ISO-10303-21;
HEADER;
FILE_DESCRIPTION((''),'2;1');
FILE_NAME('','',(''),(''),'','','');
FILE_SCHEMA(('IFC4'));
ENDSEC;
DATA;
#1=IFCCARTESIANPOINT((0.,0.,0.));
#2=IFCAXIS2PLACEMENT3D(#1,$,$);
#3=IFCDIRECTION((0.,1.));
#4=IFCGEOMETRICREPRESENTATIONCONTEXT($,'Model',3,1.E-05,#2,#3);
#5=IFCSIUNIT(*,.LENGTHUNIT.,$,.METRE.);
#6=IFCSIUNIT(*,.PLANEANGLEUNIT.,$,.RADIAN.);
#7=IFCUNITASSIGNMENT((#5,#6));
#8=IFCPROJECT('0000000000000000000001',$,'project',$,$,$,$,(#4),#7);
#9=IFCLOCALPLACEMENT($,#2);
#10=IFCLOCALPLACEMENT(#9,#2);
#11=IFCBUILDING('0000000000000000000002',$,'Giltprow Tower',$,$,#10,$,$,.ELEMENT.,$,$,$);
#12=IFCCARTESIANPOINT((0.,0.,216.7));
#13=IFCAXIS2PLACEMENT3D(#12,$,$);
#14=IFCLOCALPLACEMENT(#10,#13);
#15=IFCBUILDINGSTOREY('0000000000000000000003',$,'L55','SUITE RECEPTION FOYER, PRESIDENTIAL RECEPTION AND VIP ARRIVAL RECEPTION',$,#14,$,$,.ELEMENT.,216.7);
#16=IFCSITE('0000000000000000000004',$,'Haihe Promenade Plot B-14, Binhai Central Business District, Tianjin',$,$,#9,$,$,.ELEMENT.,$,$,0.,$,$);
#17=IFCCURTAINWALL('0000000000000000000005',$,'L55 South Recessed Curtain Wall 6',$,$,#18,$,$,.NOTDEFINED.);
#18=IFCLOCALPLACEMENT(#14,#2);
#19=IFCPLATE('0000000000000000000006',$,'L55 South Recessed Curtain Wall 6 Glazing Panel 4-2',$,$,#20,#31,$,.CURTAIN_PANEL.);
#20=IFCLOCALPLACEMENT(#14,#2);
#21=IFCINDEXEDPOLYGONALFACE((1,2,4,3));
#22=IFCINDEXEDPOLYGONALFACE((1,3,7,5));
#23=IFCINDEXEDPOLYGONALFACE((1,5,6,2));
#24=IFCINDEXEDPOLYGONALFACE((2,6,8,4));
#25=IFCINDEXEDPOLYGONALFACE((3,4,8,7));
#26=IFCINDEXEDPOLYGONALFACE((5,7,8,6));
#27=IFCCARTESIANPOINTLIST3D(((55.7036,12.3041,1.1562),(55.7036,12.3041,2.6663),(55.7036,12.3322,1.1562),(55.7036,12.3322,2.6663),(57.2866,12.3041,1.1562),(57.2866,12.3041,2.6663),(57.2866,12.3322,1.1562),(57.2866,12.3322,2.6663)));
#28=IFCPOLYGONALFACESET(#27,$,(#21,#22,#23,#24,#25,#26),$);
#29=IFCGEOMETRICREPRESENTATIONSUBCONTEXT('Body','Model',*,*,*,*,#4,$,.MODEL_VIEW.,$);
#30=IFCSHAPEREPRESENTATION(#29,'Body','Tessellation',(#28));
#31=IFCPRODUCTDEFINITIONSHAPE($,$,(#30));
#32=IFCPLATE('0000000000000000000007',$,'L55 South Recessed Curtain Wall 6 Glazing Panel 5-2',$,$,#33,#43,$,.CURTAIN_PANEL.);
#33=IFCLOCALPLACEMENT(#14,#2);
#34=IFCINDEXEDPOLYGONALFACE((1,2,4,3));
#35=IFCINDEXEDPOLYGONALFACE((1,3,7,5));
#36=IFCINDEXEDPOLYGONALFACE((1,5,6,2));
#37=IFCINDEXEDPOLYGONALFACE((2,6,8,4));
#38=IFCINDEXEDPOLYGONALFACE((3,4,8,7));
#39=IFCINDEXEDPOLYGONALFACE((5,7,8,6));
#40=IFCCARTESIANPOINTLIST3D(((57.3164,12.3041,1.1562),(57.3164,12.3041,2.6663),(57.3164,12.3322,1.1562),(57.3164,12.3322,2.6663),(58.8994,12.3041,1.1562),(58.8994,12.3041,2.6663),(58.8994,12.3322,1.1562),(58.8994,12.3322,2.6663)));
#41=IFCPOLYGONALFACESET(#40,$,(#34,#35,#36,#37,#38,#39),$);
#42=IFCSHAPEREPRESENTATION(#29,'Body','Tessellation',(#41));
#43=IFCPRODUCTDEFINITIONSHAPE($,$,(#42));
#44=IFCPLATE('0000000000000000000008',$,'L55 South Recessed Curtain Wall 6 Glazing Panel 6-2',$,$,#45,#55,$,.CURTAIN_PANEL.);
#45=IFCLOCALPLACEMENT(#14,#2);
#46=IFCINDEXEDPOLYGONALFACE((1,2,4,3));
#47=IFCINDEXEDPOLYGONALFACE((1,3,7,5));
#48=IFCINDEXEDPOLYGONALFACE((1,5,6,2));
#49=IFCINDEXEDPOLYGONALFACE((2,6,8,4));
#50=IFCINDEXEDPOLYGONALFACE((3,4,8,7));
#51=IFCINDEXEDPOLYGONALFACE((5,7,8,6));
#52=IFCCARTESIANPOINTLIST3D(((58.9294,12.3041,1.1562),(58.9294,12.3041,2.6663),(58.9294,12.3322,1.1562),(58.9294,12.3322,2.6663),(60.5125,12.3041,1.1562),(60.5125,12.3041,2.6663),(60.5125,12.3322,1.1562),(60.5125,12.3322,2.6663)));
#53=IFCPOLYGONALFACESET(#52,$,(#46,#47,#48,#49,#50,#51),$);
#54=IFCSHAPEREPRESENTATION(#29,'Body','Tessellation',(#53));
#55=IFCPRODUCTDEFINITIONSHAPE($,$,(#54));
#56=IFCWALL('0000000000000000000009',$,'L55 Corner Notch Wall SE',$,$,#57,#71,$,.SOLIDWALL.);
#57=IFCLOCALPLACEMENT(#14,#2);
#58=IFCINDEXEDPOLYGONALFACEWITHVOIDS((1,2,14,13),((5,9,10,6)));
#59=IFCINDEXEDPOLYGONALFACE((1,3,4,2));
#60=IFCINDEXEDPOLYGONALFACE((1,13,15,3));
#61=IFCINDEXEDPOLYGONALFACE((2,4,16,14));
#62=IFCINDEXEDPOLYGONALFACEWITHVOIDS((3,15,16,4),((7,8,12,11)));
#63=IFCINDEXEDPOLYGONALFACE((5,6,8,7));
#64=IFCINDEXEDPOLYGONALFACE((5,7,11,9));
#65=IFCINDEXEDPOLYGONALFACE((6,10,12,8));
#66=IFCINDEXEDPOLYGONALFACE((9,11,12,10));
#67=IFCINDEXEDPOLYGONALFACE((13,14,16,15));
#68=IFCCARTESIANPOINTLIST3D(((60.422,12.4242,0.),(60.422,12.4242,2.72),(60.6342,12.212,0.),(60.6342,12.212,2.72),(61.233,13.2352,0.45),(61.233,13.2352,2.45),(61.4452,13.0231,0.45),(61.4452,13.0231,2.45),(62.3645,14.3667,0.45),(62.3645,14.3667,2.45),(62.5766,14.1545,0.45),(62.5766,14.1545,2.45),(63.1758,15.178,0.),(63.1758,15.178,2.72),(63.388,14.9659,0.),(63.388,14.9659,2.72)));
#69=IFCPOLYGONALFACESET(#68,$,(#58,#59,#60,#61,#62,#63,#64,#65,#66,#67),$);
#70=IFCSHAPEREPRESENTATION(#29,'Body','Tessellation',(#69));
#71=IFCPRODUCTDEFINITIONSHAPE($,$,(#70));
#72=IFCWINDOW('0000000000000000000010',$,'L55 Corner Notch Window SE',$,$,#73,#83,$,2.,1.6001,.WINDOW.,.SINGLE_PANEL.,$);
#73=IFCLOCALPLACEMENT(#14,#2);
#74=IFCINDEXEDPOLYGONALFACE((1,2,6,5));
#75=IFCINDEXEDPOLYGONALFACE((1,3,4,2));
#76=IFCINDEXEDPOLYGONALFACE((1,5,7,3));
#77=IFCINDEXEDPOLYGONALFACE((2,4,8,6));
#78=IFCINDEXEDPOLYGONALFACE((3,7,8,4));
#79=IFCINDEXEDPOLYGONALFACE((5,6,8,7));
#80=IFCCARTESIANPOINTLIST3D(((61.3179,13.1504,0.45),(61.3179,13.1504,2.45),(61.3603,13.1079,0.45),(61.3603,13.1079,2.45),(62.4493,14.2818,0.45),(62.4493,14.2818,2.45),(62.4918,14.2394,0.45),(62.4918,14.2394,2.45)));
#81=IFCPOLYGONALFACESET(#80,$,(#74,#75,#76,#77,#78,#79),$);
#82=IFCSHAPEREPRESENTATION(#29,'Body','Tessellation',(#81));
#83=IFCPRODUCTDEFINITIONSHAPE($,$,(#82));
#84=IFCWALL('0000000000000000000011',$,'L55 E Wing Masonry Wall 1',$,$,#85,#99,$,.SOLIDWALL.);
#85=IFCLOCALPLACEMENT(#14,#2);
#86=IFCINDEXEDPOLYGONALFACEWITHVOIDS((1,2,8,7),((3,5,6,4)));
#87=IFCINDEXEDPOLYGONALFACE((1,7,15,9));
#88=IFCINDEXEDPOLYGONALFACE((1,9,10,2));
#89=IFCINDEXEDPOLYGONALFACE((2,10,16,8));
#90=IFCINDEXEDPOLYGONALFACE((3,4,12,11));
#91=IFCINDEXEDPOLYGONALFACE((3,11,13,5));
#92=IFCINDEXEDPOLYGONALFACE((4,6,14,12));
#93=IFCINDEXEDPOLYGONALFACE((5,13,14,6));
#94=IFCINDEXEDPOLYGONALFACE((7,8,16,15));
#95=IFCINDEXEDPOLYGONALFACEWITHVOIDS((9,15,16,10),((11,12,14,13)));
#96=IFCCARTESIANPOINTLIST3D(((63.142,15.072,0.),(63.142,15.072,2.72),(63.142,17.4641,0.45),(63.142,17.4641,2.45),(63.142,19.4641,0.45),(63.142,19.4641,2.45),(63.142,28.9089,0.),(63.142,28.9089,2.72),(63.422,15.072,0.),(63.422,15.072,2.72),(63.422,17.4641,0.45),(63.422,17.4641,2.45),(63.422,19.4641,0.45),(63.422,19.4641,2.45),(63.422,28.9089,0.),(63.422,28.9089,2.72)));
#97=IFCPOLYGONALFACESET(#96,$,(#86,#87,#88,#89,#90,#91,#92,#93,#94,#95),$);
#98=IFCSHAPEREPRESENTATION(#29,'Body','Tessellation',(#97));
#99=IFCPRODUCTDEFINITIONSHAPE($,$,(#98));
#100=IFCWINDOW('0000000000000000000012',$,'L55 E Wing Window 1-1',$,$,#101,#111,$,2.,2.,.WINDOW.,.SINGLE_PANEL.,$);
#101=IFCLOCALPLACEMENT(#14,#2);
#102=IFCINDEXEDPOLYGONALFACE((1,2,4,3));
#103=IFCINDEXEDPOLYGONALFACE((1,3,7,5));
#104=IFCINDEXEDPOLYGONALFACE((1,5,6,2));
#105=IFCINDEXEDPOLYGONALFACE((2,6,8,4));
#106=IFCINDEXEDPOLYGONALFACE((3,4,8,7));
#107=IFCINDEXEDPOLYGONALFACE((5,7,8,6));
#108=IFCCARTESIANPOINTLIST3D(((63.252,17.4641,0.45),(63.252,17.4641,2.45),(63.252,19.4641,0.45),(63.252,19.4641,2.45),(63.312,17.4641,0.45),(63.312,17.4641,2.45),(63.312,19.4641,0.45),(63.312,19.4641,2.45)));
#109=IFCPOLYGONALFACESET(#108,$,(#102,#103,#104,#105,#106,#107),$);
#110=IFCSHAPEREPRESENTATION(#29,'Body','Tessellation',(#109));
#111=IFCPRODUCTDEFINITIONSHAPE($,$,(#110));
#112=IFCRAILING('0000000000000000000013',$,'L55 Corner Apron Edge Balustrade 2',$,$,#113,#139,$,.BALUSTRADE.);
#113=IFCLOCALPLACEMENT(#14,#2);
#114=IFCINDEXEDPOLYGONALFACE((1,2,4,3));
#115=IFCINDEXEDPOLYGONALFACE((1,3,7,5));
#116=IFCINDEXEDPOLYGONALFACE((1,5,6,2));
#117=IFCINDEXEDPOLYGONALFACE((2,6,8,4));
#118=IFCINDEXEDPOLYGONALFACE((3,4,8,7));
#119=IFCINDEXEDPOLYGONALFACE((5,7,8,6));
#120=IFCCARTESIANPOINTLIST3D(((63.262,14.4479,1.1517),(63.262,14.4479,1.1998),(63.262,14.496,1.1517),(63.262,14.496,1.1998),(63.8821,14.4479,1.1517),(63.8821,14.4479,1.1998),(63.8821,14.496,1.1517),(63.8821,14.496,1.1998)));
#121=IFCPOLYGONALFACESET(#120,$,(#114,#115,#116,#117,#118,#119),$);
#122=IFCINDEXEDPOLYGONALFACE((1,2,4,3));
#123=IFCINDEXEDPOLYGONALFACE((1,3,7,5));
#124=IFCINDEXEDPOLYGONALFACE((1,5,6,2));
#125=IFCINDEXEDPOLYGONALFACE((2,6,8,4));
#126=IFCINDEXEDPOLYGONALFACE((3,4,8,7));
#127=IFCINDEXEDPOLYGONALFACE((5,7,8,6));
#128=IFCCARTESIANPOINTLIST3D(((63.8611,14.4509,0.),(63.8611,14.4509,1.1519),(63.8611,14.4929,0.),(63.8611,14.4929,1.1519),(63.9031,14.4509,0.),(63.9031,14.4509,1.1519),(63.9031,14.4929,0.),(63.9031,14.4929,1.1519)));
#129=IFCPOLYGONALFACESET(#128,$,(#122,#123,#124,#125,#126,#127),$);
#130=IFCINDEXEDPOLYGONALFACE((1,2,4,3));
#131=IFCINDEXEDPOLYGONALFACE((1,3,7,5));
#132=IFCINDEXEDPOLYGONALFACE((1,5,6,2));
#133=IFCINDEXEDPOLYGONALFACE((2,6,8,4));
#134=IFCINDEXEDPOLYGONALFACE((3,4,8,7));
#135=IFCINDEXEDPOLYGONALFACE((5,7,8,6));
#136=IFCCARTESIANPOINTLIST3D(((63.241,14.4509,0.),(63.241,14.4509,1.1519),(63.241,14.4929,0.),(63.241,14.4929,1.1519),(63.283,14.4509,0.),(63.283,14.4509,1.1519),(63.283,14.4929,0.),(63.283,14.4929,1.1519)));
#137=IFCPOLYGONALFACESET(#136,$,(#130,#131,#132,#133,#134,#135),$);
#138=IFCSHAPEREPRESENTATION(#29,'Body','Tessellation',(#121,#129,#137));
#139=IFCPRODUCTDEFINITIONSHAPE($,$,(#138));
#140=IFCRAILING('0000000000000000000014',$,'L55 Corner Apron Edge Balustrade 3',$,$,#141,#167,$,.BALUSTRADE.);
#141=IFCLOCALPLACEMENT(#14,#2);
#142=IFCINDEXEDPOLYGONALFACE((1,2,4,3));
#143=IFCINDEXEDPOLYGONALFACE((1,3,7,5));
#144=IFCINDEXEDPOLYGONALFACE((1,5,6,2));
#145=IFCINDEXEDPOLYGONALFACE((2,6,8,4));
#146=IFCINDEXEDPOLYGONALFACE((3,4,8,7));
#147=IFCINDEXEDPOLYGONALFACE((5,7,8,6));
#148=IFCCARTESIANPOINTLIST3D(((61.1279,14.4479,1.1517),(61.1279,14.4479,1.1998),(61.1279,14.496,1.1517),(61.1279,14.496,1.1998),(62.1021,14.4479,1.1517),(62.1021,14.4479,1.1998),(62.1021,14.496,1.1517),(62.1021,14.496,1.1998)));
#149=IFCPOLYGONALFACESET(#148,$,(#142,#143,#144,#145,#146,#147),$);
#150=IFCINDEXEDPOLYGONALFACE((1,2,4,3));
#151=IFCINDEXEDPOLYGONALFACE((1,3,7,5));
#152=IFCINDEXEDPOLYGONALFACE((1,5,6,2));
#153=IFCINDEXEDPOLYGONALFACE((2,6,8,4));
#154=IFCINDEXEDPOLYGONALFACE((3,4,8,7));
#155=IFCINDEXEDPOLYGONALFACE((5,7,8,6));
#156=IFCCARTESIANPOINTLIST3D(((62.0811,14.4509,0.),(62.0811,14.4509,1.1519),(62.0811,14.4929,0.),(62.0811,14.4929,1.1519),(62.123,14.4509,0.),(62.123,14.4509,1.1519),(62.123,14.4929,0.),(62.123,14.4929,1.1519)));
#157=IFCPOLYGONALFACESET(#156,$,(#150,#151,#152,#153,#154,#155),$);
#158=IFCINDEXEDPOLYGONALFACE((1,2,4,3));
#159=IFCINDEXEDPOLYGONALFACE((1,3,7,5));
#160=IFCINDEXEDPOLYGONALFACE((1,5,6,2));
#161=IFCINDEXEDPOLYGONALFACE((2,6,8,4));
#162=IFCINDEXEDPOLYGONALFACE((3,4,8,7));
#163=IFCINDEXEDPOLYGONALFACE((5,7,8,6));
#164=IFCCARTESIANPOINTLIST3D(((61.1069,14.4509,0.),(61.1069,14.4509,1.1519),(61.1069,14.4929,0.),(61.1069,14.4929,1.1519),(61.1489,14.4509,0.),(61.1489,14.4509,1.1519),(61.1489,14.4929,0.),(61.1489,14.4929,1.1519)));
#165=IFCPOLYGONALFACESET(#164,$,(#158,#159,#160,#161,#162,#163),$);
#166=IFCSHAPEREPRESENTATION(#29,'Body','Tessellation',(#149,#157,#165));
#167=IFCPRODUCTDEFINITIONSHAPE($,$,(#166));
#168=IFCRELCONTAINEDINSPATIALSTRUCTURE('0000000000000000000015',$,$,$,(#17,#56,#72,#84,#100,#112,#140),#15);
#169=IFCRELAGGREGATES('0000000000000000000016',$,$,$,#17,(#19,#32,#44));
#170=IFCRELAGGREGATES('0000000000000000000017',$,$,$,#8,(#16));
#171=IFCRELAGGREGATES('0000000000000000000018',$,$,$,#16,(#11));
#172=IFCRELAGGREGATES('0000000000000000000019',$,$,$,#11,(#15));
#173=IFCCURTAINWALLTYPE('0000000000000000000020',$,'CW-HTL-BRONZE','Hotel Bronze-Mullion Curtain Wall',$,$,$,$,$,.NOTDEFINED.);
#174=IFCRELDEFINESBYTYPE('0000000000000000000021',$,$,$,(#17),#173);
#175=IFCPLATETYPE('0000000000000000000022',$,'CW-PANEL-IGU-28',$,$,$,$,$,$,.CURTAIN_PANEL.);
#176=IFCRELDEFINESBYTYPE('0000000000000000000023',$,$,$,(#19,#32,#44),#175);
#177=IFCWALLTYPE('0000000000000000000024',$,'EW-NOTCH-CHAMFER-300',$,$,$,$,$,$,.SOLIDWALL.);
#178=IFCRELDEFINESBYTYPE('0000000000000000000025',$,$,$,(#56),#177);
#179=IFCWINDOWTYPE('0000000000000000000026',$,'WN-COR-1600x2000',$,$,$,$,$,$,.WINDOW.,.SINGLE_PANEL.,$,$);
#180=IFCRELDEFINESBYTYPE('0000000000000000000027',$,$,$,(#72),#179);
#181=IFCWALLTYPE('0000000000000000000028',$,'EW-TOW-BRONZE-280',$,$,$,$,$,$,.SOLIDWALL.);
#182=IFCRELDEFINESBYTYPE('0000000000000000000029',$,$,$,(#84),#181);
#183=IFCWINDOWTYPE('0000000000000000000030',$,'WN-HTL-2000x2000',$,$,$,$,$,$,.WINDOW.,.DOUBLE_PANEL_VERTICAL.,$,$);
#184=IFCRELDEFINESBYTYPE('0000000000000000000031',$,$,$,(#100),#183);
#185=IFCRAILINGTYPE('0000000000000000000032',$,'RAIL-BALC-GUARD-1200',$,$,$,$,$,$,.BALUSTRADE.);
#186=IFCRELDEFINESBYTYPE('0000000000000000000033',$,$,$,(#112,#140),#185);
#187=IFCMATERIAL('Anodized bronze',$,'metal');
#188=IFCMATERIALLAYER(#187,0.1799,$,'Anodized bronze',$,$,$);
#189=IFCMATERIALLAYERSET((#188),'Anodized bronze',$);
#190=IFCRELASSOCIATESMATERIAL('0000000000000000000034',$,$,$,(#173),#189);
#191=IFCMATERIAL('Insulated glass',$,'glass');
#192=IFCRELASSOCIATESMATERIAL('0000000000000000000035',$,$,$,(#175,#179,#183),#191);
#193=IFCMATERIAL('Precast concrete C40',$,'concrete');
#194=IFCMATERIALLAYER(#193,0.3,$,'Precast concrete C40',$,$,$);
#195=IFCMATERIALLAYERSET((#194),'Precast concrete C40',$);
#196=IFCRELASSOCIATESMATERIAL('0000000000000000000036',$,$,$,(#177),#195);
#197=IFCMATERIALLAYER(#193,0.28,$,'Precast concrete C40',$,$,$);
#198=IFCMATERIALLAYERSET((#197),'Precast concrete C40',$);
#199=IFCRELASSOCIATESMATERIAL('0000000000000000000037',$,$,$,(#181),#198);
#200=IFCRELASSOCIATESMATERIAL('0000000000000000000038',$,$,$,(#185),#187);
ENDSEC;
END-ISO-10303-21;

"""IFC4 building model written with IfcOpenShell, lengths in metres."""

from ifc_helpers import new_model, si_unit, direction, frame, frame_2d, origin, origin_2d, place, context, subcontext, project, spatial, rectangle, extrude, source, transform, mapped, material, layer, layer_set, type_object, element, fill, aggregate, save


model = new_model("IFC4")

# Units and contexts
model_context = context("Model", 3, precision=1e-05, world=origin(), true_north=direction((0.0, 1.0)))
body_context = subcontext(model_context, "Body", "Model", "MODEL_VIEW")
ifc_project = project(units=[si_unit("LENGTHUNIT", "METRE"), si_unit("PLANEANGLEUNIT", "RADIAN")], contexts=[model_context])

# Site, building, storey
site_placement = place(None, origin())
site = spatial("IfcSite", under=ifc_project, at=site_placement, Name="Haihe Promenade Plot B-14, Binhai Central Business District, Tianjin", CompositionType="ELEMENT", RefElevation=0.0)
building_placement = place(site_placement, origin())
building = spatial("IfcBuilding", under=site, at=building_placement, Name="Giltprow Tower", CompositionType="ELEMENT")
storey_placement = place(building_placement, frame((0.0, 0.0, 216.7)))
storey = spatial("IfcBuildingStorey", under=building, at=storey_placement, Name="L55", Description="SUITE RECEPTION FOYER, PRESIDENTIAL RECEPTION AND VIP ARRIVAL RECEPTION", CompositionType="ELEMENT", Elevation=216.7)

# Curtain wall, plates
ifc_material_1 = material(Name="Anodized bronze", Category="metal")
ifc_layer_1 = layer(ifc_material_1, 0.1799, Name="Anodized bronze")
ifc_layer_set_1 = layer_set([ifc_layer_1], Name="Anodized bronze")
curtain_wall_type = type_object("IfcCurtainWallType", Name="CW-HTL-BRONZE", Description="Hotel Bronze-Mullion Curtain Wall", PredefinedType="NOTDEFINED", material=ifc_layer_set_1)
curtain_wall_placement = place(storey_placement, origin())
curtain_wall = element("IfcCurtainWall", 1, at=curtain_wall_placement, inside=storey, type_object=curtain_wall_type, Name="L55 South Recessed Curtain Wall 6", PredefinedType="NOTDEFINED")
ifc_material_2 = material(Name="Insulated glass", Category="glass")
plate_type = type_object("IfcPlateType", Name="CW-PANEL-IGU-28", PredefinedType="CURTAIN_PANEL", material=ifc_material_2)
shared_shape_1 = source(origin(), body_context, "Body", "SweptSolid", [
    extrude(rectangle(XDim=1.583, YDim=0.0281, at=origin_2d()), origin(), (0.0, 0.0, 1.0), 1.51),
])
plate_1_placement = place(storey_placement, frame((56.4951, 12.3181, 1.1562), z_axis=(0.0, 0.0, 1.0), x_axis=(1.0, 0.0, 0.0)))
plate_1 = element("IfcPlate", 2, at=plate_1_placement, type_object=plate_type, Name="L55 South Recessed Curtain Wall 6 Glazing Panel 4-2", PredefinedType="CURTAIN_PANEL", context=body_context, shape_type="MappedRepresentation", body=[
    mapped(shared_shape_1, transform((0.0, 0.0, 0.0), x_axis=(1.0, 0.0, 0.0), y_axis=(0.0, 1.0, 0.0), z_axis=(0.0, 0.0, 1.0), scale=1.0)),
])
plate_2_placement = place(storey_placement, frame((58.1079, 12.3181, 1.1562), z_axis=(0.0, 0.0, 1.0), x_axis=(1.0, 0.0, 0.0)))
plate_2 = element("IfcPlate", 3, at=plate_2_placement, type_object=plate_type, Name="L55 South Recessed Curtain Wall 6 Glazing Panel 5-2", PredefinedType="CURTAIN_PANEL", context=body_context, shape_type="MappedRepresentation", body=[
    mapped(shared_shape_1, transform((0.0, 0.0, 0.0), x_axis=(1.0, 0.0, 0.0), y_axis=(0.0, 1.0, 0.0), z_axis=(0.0, 0.0, 1.0), scale=1.0)),
])
plate_3_placement = place(storey_placement, frame((59.7209, 12.3181, 1.1562), z_axis=(0.0, 0.0, 1.0), x_axis=(1.0, 0.0, 0.0)))
plate_3 = element("IfcPlate", 4, at=plate_3_placement, type_object=plate_type, Name="L55 South Recessed Curtain Wall 6 Glazing Panel 6-2", PredefinedType="CURTAIN_PANEL", context=body_context, shape_type="MappedRepresentation", body=[
    mapped(shared_shape_1, transform((0.0, 0.0, 0.0), x_axis=(1.0, 0.0, 0.0), y_axis=(0.0, 1.0, 0.0), z_axis=(0.0, 0.0, 1.0), scale=1.0)),
])
aggregate(curtain_wall, [plate_1, plate_2, plate_3])

# Walls, openings, windows
ifc_material_3 = material(Name="Precast concrete C40", Category="concrete")
ifc_layer_2 = layer(ifc_material_3, 0.3, Name="Precast concrete C40")
ifc_layer_set_2 = layer_set([ifc_layer_2], Name="Precast concrete C40")
wall_type_1 = type_object("IfcWallType", Name="EW-NOTCH-CHAMFER-300", PredefinedType="SOLIDWALL", material=ifc_layer_set_2)
wall_1_placement = place(storey_placement, frame((60.5281, 12.3181, 0.0), z_axis=(0.0, 0.0, 1.0), x_axis=(0.707107, 0.707107, 0.0)))
wall_1 = element("IfcWall", 5, at=wall_1_placement, inside=storey, type_object=wall_type_1, Name="L55 Corner Notch Wall SE", PredefinedType="SOLIDWALL", context=body_context, shape_type="SweptSolid", body=[
    extrude(rectangle(XDim=3.8945, YDim=0.3, at=frame_2d((1.9473, 0.0))), origin(), (0.0, 0.0, 1.0), 2.72),
])
opening_1_placement = place(wall_1_placement, frame((1.147, 0.0, 0.45)))
opening_1 = element("IfcOpeningElement", 6, at=opening_1_placement, cuts=wall_1, PredefinedType="OPENING", context=body_context, shape_type="SweptSolid", body=[
    extrude(rectangle(XDim=1.6001, YDim=2.0, at=frame_2d((0.8, 1.0))), frame((0.0, 0.1599, 0.0), z_axis=(0.0, -1.0, 0.0), x_axis=(1.0, 0.0, 0.0)), (0.0, 0.0, 1.0), 0.3201),
])
window_type_1 = type_object("IfcWindowType", Name="WN-COR-1600x2000", PartitioningType="SINGLE_PANEL", PredefinedType="WINDOW", material=ifc_material_2)
shared_shape_2 = source(origin(), body_context, "Body", "SweptSolid", [
    extrude(rectangle(XDim=1.6001, YDim=2.0, at=frame_2d((0.8, 1.0))), frame((0.0, 0.03, 0.0), z_axis=(0.0, -1.0, 0.0), x_axis=(1.0, 0.0, 0.0)), (0.0, 0.0, 1.0), 0.0601),
])
window_1_placement = place(opening_1_placement, origin())
window_1 = element("IfcWindow", 7, at=window_1_placement, inside=storey, type_object=window_type_1, Name="L55 Corner Notch Window SE", OverallHeight=2.0, OverallWidth=1.6001, PartitioningType="SINGLE_PANEL", PredefinedType="WINDOW", context=body_context, shape_type="MappedRepresentation", body=[
    mapped(shared_shape_2, transform((0.0, 0.0, 0.0), x_axis=(1.0, 0.0, 0.0), y_axis=(0.0, 1.0, 0.0), z_axis=(0.0, 0.0, 1.0), scale=1.0)),
])
fill(opening_1, window_1)
ifc_layer_3 = layer(ifc_material_3, 0.28, Name="Precast concrete C40")
ifc_layer_set_3 = layer_set([ifc_layer_3], Name="Precast concrete C40")
wall_type_2 = type_object("IfcWallType", Name="EW-TOW-BRONZE-280", PredefinedType="SOLIDWALL", material=ifc_layer_set_3)
wall_2_placement = place(storey_placement, frame((63.282, 15.072, 0.0), z_axis=(0.0, 0.0, 1.0), x_axis=(0.0, 1.0, 0.0)))
wall_2 = element("IfcWall", 8, at=wall_2_placement, inside=storey, type_object=wall_type_2, Name="L55 E Wing Masonry Wall 1", PredefinedType="SOLIDWALL", context=body_context, shape_type="SweptSolid", body=[
    extrude(rectangle(XDim=13.8369, YDim=0.28, at=frame_2d((6.9185, 0.0))), origin(), (0.0, 0.0, 1.0), 2.72),
])
opening_2_placement = place(wall_2_placement, frame((2.3921, 0.0, 0.45)))
opening_2 = element("IfcOpeningElement", 9, at=opening_2_placement, cuts=wall_2, PredefinedType="OPENING", context=body_context, shape_type="SweptSolid", body=[
    extrude(rectangle(XDim=2.0, YDim=2.0, at=frame_2d((1.0, 1.0))), frame((0.0, 0.1499, 0.0), z_axis=(0.0, -1.0, 0.0), x_axis=(1.0, 0.0, 0.0)), (0.0, 0.0, 1.0), 0.3),
])
window_type_2 = type_object("IfcWindowType", Name="WN-HTL-2000x2000", PartitioningType="DOUBLE_PANEL_VERTICAL", PredefinedType="WINDOW", material=ifc_material_2)
shared_shape_3 = source(origin(), body_context, "Body", "SweptSolid", [
    extrude(rectangle(XDim=2.0, YDim=2.0, at=frame_2d((1.0, 1.0))), frame((0.0, 0.03, 0.0), z_axis=(0.0, -1.0, 0.0), x_axis=(1.0, 0.0, 0.0)), (0.0, 0.0, 1.0), 0.0601),
])
window_2_placement = place(opening_2_placement, origin())
window_2 = element("IfcWindow", 10, at=window_2_placement, inside=storey, type_object=window_type_2, Name="L55 E Wing Window 1-1", OverallHeight=2.0, OverallWidth=2.0, PartitioningType="SINGLE_PANEL", PredefinedType="WINDOW", context=body_context, shape_type="MappedRepresentation", body=[
    mapped(shared_shape_3, transform((0.0, 0.0, 0.0), x_axis=(1.0, 0.0, 0.0), y_axis=(0.0, 1.0, 0.0), z_axis=(0.0, 0.0, 1.0), scale=1.0)),
])
fill(opening_2, window_2)

# Railings
railing_type = type_object("IfcRailingType", Name="RAIL-BALC-GUARD-1200", PredefinedType="BALUSTRADE", material=ifc_material_1)
railing_1_placement = place(storey_placement, frame((63.8821, 14.4719, 0.0)))
element("IfcRailing", 11, at=railing_1_placement, inside=storey, type_object=railing_type, Name="L55 Corner Apron Edge Balustrade 2", PredefinedType="BALUSTRADE", context=body_context, shape_type="SweptSolid", body=[
    extrude(rectangle(XDim=0.0481, YDim=0.0481, at=origin_2d()), frame((0.0, 0.0, 1.1758), z_axis=(-1.0, 0.0, 0.0), x_axis=(0.0, -1.0, 0.0)), (0.0, 0.0, 1.0), 0.6201),
    extrude(rectangle(XDim=0.042, YDim=0.042, at=origin_2d()), origin(), (0.0, 0.0, 1.0), 1.1519),
    extrude(rectangle(XDim=0.042, YDim=0.042, at=origin_2d()), frame((-0.6201, 0.0, 0.0)), (0.0, 0.0, 1.0), 1.1519),
])
railing_2_placement = place(storey_placement, frame((62.1021, 14.4719, 0.0)))
element("IfcRailing", 12, at=railing_2_placement, inside=storey, type_object=railing_type, Name="L55 Corner Apron Edge Balustrade 3", PredefinedType="BALUSTRADE", context=body_context, shape_type="SweptSolid", body=[
    extrude(rectangle(XDim=0.0481, YDim=0.0481, at=origin_2d()), frame((0.0, 0.0, 1.1758), z_axis=(-1.0, 0.0, 0.0), x_axis=(0.0, -1.0, 0.0)), (0.0, 0.0, 1.0), 0.9741),
    extrude(rectangle(XDim=0.042, YDim=0.042, at=origin_2d()), origin(), (0.0, 0.0, 1.0), 1.1519),
    extrude(rectangle(XDim=0.042, YDim=0.042, at=origin_2d()), frame((-0.9741, 0.0, 0.0)), (0.0, 0.0, 1.0), 1.1519),
])

save(model, "model.ifc")
